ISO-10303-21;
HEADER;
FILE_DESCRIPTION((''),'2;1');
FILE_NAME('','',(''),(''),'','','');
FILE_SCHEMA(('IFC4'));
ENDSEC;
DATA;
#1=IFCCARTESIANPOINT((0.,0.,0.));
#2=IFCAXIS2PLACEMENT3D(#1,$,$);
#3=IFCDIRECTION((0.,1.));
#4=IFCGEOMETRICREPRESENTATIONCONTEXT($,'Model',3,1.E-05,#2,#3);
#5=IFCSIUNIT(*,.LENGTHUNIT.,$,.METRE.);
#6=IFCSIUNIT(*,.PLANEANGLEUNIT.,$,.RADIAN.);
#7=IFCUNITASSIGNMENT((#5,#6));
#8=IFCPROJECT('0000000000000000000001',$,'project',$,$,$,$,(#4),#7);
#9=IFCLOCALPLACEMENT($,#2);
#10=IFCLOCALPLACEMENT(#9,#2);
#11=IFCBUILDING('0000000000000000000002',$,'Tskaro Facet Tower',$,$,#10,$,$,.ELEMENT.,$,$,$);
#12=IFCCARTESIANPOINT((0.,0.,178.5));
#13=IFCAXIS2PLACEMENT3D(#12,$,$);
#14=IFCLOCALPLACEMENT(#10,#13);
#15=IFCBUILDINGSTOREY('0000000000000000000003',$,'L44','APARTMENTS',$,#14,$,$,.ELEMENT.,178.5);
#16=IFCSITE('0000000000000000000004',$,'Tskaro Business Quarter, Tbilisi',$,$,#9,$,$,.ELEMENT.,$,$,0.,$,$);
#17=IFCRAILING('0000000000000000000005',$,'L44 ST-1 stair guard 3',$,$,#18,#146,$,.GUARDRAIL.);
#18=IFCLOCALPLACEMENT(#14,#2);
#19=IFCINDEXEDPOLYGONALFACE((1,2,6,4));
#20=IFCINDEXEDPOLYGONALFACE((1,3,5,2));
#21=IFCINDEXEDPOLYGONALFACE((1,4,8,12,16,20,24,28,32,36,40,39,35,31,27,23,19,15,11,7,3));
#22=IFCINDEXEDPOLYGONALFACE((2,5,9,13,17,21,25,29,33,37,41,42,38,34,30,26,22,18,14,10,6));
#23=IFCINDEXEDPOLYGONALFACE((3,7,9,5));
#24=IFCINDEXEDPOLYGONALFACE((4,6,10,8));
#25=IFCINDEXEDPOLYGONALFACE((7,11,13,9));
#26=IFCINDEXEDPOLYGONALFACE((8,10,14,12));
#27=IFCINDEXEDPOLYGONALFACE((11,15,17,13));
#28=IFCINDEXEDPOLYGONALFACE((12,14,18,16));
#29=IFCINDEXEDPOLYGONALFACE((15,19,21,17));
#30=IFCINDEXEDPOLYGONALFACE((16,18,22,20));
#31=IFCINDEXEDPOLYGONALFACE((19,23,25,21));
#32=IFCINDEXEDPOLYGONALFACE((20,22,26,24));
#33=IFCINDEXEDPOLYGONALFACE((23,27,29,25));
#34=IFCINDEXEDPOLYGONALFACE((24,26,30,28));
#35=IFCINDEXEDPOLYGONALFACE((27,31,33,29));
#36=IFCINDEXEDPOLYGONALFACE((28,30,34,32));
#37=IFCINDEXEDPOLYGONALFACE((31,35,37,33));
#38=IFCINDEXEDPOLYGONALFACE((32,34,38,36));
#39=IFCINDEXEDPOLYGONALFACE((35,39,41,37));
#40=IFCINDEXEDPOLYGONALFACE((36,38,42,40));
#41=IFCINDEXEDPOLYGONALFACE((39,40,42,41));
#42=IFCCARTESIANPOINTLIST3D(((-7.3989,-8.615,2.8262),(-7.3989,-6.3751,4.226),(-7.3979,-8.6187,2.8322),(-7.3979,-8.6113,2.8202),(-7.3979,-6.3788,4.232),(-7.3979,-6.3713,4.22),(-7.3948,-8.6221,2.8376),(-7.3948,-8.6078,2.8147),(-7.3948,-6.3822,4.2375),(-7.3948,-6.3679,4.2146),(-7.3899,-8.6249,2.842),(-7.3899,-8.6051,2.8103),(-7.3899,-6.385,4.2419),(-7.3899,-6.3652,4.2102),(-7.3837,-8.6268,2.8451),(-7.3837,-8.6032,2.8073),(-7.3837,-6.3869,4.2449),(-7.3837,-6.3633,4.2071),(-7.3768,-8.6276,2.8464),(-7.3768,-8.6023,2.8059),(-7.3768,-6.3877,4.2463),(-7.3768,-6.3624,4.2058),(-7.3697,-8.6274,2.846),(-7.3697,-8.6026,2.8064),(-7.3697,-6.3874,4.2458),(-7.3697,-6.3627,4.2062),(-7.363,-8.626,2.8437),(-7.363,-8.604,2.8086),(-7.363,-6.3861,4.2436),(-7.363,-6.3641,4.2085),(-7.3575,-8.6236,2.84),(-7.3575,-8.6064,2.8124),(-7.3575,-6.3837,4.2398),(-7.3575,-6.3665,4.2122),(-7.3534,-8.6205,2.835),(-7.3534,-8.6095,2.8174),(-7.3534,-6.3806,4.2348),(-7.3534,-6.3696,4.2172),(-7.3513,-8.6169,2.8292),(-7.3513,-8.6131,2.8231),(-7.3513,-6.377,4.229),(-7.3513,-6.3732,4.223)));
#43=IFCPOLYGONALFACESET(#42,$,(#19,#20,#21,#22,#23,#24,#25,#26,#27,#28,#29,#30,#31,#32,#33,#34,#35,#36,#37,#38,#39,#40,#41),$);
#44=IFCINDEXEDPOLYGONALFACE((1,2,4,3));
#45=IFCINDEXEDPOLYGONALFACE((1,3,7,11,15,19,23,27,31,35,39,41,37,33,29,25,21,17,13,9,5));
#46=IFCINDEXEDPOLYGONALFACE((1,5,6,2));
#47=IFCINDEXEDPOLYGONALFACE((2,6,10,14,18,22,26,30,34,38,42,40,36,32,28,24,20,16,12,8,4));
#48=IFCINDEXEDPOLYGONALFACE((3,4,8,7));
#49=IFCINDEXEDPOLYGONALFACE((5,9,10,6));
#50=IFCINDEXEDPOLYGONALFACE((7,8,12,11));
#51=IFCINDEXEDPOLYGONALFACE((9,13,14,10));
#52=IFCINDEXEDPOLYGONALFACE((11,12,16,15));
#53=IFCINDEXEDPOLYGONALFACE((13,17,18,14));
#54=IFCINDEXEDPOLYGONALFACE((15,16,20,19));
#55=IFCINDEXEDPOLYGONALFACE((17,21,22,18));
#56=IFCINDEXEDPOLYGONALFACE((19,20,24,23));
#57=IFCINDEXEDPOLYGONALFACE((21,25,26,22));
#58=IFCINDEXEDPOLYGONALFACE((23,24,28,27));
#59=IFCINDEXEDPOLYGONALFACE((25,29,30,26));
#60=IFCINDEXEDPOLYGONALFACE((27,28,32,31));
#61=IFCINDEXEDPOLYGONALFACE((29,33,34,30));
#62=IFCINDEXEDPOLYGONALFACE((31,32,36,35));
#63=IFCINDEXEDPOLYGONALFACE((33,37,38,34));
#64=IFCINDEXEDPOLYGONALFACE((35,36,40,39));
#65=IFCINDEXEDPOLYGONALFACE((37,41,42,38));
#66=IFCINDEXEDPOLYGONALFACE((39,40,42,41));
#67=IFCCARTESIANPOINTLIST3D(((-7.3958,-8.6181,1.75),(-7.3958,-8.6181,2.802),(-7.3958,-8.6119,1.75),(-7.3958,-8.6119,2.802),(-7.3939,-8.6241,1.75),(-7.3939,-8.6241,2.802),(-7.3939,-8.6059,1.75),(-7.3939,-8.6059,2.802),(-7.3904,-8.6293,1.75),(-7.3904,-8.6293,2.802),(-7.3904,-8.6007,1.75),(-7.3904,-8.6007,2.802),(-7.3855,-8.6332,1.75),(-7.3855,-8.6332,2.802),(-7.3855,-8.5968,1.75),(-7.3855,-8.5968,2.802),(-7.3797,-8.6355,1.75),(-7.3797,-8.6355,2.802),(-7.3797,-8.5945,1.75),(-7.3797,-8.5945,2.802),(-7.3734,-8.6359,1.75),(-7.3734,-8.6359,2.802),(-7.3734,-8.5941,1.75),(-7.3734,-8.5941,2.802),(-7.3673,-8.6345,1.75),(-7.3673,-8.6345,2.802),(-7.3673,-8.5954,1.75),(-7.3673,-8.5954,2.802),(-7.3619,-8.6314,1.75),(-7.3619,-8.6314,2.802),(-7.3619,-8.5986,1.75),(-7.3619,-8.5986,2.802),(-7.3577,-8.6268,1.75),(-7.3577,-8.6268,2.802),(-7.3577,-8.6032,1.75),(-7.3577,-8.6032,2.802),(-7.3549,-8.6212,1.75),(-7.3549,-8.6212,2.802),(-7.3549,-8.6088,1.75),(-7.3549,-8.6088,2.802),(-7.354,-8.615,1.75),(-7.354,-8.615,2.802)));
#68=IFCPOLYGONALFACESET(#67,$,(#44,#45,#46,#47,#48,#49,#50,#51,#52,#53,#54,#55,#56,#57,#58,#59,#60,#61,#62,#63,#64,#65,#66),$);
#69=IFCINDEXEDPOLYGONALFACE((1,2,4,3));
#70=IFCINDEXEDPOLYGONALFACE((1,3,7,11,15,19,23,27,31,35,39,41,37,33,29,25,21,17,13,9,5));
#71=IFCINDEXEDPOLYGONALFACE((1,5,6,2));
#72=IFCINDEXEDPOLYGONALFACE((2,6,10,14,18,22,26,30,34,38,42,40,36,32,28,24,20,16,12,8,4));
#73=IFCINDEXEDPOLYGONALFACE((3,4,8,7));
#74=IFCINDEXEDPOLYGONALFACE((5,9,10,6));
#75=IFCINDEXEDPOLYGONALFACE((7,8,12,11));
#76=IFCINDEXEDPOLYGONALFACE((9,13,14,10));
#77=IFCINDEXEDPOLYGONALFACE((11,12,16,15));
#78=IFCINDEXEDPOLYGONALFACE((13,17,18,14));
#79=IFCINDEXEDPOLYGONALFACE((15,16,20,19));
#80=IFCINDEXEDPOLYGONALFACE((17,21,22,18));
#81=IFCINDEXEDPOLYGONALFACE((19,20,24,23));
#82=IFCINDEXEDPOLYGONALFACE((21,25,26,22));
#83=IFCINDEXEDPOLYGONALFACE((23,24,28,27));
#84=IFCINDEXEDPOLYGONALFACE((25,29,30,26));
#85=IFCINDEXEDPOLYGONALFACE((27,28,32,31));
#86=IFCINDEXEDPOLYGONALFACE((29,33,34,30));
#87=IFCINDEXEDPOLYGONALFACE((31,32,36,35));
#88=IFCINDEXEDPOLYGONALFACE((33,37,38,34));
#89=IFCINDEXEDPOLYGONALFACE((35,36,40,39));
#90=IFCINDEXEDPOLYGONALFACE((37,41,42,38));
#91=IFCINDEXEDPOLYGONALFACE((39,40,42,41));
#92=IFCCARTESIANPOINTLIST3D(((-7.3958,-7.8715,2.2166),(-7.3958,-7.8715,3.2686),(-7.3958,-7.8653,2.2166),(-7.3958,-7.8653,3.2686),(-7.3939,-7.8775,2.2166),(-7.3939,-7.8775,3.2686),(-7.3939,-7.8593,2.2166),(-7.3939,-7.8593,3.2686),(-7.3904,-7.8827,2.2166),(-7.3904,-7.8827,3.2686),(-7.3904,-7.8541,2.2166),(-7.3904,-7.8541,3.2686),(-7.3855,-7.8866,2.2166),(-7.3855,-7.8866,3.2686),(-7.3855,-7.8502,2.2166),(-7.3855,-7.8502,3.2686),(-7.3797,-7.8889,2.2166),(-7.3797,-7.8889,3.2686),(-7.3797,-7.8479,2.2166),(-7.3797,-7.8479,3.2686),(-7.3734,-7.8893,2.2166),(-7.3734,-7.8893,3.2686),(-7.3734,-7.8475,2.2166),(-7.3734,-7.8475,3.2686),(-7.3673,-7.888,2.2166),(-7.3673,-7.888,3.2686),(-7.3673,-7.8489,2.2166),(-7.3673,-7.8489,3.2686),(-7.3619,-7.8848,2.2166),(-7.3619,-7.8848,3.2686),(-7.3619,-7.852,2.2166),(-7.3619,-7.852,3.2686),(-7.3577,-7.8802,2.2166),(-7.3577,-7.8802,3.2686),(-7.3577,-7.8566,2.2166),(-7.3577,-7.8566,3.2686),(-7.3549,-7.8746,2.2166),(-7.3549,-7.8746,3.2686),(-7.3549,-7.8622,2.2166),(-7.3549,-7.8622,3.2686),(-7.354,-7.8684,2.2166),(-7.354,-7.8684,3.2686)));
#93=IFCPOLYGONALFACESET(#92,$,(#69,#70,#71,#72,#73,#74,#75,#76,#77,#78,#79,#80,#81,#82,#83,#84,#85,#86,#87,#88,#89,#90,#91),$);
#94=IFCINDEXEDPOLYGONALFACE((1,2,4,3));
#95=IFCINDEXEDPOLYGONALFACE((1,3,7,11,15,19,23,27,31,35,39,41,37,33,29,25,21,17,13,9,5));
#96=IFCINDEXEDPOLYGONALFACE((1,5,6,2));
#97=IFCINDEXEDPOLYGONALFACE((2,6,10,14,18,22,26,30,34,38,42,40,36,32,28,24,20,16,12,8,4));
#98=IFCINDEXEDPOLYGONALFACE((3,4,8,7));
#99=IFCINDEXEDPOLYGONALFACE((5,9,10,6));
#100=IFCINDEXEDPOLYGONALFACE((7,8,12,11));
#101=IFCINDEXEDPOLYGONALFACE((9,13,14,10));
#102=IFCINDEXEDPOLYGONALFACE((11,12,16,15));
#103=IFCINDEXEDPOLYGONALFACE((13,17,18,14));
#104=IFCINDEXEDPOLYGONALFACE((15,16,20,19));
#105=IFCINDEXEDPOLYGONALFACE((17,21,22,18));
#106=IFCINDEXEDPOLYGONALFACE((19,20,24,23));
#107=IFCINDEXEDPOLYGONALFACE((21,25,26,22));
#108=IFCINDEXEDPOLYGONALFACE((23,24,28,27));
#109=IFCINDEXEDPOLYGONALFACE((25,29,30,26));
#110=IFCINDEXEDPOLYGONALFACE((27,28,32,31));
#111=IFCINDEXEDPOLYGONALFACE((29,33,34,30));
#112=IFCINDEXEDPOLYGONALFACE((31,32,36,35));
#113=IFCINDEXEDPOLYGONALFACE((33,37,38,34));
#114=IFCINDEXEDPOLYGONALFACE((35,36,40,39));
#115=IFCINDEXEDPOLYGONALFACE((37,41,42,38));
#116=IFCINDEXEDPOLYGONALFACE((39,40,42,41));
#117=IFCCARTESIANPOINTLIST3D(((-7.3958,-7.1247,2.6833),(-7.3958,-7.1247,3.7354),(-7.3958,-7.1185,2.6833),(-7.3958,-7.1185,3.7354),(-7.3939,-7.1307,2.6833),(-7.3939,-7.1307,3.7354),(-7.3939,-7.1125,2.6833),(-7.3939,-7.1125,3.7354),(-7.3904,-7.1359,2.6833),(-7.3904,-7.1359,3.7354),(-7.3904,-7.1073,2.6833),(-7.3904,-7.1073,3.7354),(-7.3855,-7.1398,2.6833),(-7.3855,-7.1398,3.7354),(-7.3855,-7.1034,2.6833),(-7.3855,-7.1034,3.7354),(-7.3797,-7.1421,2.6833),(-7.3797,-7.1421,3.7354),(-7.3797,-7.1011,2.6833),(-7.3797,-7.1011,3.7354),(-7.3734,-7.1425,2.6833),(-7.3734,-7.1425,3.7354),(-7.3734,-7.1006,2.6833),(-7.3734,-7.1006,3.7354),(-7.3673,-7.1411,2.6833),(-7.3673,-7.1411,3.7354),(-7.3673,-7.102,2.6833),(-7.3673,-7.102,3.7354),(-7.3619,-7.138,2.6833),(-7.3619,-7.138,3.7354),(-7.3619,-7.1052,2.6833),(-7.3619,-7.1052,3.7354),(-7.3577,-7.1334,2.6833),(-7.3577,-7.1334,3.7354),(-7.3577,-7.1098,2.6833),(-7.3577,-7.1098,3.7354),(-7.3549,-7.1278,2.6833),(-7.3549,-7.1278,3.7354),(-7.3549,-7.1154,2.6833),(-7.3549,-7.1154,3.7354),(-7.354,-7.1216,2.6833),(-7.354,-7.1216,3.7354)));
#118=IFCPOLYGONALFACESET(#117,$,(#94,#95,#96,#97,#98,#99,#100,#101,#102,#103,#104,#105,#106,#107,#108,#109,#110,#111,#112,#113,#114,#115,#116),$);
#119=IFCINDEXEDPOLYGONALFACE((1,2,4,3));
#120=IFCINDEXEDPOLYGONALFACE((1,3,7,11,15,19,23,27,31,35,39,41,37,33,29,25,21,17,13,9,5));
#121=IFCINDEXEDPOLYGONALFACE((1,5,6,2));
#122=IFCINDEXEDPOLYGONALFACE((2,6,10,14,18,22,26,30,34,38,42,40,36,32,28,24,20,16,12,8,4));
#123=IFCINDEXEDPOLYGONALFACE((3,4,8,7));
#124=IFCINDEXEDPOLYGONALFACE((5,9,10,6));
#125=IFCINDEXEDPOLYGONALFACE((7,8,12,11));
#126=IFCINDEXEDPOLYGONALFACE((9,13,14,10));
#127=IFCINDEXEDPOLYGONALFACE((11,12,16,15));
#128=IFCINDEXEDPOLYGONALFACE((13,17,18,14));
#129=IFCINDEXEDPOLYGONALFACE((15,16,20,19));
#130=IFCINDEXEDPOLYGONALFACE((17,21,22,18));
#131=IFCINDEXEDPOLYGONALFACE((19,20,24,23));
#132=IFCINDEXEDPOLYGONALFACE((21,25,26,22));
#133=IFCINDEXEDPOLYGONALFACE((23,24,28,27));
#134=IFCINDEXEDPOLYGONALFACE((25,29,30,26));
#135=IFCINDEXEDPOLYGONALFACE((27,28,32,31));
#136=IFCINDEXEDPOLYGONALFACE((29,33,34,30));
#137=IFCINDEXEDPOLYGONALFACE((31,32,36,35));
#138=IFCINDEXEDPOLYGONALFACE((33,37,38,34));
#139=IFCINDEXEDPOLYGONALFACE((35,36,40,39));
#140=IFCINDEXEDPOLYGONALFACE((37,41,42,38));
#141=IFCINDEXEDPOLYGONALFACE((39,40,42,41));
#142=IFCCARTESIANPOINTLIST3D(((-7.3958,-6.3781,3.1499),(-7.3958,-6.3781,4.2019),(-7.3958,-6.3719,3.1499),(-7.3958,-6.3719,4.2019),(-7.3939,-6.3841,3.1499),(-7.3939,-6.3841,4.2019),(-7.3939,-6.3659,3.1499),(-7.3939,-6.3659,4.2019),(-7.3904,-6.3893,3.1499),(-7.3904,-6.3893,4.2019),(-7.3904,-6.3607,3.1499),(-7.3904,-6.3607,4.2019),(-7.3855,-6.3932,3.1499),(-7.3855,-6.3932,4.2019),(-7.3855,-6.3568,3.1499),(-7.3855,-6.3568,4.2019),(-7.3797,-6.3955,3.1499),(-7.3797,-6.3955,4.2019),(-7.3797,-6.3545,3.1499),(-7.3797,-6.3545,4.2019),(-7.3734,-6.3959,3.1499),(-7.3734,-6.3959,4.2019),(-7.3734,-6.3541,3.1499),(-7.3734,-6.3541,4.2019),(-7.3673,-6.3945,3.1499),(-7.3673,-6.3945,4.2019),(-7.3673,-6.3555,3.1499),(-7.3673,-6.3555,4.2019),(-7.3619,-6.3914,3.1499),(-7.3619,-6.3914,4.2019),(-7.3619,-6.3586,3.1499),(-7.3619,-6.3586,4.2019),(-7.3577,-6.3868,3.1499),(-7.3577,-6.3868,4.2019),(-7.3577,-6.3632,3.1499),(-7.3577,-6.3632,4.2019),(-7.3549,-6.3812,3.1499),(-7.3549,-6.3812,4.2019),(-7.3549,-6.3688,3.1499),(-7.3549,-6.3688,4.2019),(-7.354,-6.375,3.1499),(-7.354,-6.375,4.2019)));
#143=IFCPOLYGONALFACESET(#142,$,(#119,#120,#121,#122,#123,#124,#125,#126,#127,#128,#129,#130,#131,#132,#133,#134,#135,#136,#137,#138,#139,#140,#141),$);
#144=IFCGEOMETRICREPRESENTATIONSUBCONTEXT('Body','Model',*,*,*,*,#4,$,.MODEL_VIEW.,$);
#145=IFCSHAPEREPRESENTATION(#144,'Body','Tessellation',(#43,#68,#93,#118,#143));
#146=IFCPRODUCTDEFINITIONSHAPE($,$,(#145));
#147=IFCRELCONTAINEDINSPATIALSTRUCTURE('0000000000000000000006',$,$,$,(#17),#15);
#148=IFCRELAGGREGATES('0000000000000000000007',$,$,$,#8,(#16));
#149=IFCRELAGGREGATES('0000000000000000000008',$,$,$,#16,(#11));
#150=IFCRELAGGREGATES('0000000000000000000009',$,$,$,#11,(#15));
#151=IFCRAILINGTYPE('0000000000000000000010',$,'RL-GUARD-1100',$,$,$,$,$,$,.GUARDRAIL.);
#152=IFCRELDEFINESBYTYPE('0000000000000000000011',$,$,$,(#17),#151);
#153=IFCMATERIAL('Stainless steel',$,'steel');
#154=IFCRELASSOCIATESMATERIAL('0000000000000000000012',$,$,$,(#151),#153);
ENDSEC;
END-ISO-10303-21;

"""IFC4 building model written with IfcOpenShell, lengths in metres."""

from ifc_helpers import new_model, si_unit, direction, frame, origin, origin_2d, place, context, subcontext, project, spatial, circle, extrude, material, type_object, element, save


model = new_model("IFC4")

# Units and contexts
model_context = context("Model", 3, precision=1e-05, world=origin(), true_north=direction((0.0, 1.0)))
body_context = subcontext(model_context, "Body", "Model", "MODEL_VIEW")
ifc_project = project(units=[si_unit("LENGTHUNIT", "METRE"), si_unit("PLANEANGLEUNIT", "RADIAN")], contexts=[model_context])

# Site, building, storey
site_placement = place(None, origin())
site = spatial("IfcSite", under=ifc_project, at=site_placement, Name="Tskaro Business Quarter, Tbilisi", CompositionType="ELEMENT", RefElevation=0.0)
building_placement = place(site_placement, origin())
building = spatial("IfcBuilding", under=site, at=building_placement, Name="Tskaro Facet Tower", CompositionType="ELEMENT")
storey_placement = place(building_placement, frame((0.0, 0.0, 178.5)))
storey = spatial("IfcBuildingStorey", under=building, at=storey_placement, Name="L44", Description="APARTMENTS", CompositionType="ELEMENT", Elevation=178.5)

# Shared definitions
ifc_material_1 = material(Name="Stainless steel", Category="steel")

# Railing
railing_type_1 = type_object("IfcRailingType", Name="RL-GUARD-1100", PredefinedType="GUARDRAIL", material=ifc_material_1)
railing_1_placement = place(storey_placement, frame((-7.375, -8.615, 1.75)))
element("IfcRailing", 1, at=railing_1_placement, inside=storey, type_object=railing_type_1, Name="L44 ST-1 stair guard 3", PredefinedType="GUARDRAIL", context=body_context, shape_type="SweptSolid", body=[
    extrude(circle(Radius=0.0239, at=origin_2d()), frame((0.0, 0.0, 1.0762), z_axis=(0.0, 0.848014, 0.529974), x_axis=(-1.0, 0.0, 0.0)), (0.0, 0.0, 1.0), 2.6414),
    extrude(circle(Radius=0.021, at=origin_2d()), origin(), (0.0, 0.0, 1.0), 1.052),
    extrude(circle(Radius=0.021, at=origin_2d()), frame((0.0, 0.7466, 0.4666)), (0.0, 0.0, 1.0), 1.052),
    extrude(circle(Radius=0.021, at=origin_2d()), frame((0.0, 1.4934, 0.9333)), (0.0, 0.0, 1.0), 1.052),
    extrude(circle(Radius=0.021, at=origin_2d()), frame((0.0, 2.24, 1.3999)), (0.0, 0.0, 1.0), 1.052),
])

save(model, "model.ifc")
